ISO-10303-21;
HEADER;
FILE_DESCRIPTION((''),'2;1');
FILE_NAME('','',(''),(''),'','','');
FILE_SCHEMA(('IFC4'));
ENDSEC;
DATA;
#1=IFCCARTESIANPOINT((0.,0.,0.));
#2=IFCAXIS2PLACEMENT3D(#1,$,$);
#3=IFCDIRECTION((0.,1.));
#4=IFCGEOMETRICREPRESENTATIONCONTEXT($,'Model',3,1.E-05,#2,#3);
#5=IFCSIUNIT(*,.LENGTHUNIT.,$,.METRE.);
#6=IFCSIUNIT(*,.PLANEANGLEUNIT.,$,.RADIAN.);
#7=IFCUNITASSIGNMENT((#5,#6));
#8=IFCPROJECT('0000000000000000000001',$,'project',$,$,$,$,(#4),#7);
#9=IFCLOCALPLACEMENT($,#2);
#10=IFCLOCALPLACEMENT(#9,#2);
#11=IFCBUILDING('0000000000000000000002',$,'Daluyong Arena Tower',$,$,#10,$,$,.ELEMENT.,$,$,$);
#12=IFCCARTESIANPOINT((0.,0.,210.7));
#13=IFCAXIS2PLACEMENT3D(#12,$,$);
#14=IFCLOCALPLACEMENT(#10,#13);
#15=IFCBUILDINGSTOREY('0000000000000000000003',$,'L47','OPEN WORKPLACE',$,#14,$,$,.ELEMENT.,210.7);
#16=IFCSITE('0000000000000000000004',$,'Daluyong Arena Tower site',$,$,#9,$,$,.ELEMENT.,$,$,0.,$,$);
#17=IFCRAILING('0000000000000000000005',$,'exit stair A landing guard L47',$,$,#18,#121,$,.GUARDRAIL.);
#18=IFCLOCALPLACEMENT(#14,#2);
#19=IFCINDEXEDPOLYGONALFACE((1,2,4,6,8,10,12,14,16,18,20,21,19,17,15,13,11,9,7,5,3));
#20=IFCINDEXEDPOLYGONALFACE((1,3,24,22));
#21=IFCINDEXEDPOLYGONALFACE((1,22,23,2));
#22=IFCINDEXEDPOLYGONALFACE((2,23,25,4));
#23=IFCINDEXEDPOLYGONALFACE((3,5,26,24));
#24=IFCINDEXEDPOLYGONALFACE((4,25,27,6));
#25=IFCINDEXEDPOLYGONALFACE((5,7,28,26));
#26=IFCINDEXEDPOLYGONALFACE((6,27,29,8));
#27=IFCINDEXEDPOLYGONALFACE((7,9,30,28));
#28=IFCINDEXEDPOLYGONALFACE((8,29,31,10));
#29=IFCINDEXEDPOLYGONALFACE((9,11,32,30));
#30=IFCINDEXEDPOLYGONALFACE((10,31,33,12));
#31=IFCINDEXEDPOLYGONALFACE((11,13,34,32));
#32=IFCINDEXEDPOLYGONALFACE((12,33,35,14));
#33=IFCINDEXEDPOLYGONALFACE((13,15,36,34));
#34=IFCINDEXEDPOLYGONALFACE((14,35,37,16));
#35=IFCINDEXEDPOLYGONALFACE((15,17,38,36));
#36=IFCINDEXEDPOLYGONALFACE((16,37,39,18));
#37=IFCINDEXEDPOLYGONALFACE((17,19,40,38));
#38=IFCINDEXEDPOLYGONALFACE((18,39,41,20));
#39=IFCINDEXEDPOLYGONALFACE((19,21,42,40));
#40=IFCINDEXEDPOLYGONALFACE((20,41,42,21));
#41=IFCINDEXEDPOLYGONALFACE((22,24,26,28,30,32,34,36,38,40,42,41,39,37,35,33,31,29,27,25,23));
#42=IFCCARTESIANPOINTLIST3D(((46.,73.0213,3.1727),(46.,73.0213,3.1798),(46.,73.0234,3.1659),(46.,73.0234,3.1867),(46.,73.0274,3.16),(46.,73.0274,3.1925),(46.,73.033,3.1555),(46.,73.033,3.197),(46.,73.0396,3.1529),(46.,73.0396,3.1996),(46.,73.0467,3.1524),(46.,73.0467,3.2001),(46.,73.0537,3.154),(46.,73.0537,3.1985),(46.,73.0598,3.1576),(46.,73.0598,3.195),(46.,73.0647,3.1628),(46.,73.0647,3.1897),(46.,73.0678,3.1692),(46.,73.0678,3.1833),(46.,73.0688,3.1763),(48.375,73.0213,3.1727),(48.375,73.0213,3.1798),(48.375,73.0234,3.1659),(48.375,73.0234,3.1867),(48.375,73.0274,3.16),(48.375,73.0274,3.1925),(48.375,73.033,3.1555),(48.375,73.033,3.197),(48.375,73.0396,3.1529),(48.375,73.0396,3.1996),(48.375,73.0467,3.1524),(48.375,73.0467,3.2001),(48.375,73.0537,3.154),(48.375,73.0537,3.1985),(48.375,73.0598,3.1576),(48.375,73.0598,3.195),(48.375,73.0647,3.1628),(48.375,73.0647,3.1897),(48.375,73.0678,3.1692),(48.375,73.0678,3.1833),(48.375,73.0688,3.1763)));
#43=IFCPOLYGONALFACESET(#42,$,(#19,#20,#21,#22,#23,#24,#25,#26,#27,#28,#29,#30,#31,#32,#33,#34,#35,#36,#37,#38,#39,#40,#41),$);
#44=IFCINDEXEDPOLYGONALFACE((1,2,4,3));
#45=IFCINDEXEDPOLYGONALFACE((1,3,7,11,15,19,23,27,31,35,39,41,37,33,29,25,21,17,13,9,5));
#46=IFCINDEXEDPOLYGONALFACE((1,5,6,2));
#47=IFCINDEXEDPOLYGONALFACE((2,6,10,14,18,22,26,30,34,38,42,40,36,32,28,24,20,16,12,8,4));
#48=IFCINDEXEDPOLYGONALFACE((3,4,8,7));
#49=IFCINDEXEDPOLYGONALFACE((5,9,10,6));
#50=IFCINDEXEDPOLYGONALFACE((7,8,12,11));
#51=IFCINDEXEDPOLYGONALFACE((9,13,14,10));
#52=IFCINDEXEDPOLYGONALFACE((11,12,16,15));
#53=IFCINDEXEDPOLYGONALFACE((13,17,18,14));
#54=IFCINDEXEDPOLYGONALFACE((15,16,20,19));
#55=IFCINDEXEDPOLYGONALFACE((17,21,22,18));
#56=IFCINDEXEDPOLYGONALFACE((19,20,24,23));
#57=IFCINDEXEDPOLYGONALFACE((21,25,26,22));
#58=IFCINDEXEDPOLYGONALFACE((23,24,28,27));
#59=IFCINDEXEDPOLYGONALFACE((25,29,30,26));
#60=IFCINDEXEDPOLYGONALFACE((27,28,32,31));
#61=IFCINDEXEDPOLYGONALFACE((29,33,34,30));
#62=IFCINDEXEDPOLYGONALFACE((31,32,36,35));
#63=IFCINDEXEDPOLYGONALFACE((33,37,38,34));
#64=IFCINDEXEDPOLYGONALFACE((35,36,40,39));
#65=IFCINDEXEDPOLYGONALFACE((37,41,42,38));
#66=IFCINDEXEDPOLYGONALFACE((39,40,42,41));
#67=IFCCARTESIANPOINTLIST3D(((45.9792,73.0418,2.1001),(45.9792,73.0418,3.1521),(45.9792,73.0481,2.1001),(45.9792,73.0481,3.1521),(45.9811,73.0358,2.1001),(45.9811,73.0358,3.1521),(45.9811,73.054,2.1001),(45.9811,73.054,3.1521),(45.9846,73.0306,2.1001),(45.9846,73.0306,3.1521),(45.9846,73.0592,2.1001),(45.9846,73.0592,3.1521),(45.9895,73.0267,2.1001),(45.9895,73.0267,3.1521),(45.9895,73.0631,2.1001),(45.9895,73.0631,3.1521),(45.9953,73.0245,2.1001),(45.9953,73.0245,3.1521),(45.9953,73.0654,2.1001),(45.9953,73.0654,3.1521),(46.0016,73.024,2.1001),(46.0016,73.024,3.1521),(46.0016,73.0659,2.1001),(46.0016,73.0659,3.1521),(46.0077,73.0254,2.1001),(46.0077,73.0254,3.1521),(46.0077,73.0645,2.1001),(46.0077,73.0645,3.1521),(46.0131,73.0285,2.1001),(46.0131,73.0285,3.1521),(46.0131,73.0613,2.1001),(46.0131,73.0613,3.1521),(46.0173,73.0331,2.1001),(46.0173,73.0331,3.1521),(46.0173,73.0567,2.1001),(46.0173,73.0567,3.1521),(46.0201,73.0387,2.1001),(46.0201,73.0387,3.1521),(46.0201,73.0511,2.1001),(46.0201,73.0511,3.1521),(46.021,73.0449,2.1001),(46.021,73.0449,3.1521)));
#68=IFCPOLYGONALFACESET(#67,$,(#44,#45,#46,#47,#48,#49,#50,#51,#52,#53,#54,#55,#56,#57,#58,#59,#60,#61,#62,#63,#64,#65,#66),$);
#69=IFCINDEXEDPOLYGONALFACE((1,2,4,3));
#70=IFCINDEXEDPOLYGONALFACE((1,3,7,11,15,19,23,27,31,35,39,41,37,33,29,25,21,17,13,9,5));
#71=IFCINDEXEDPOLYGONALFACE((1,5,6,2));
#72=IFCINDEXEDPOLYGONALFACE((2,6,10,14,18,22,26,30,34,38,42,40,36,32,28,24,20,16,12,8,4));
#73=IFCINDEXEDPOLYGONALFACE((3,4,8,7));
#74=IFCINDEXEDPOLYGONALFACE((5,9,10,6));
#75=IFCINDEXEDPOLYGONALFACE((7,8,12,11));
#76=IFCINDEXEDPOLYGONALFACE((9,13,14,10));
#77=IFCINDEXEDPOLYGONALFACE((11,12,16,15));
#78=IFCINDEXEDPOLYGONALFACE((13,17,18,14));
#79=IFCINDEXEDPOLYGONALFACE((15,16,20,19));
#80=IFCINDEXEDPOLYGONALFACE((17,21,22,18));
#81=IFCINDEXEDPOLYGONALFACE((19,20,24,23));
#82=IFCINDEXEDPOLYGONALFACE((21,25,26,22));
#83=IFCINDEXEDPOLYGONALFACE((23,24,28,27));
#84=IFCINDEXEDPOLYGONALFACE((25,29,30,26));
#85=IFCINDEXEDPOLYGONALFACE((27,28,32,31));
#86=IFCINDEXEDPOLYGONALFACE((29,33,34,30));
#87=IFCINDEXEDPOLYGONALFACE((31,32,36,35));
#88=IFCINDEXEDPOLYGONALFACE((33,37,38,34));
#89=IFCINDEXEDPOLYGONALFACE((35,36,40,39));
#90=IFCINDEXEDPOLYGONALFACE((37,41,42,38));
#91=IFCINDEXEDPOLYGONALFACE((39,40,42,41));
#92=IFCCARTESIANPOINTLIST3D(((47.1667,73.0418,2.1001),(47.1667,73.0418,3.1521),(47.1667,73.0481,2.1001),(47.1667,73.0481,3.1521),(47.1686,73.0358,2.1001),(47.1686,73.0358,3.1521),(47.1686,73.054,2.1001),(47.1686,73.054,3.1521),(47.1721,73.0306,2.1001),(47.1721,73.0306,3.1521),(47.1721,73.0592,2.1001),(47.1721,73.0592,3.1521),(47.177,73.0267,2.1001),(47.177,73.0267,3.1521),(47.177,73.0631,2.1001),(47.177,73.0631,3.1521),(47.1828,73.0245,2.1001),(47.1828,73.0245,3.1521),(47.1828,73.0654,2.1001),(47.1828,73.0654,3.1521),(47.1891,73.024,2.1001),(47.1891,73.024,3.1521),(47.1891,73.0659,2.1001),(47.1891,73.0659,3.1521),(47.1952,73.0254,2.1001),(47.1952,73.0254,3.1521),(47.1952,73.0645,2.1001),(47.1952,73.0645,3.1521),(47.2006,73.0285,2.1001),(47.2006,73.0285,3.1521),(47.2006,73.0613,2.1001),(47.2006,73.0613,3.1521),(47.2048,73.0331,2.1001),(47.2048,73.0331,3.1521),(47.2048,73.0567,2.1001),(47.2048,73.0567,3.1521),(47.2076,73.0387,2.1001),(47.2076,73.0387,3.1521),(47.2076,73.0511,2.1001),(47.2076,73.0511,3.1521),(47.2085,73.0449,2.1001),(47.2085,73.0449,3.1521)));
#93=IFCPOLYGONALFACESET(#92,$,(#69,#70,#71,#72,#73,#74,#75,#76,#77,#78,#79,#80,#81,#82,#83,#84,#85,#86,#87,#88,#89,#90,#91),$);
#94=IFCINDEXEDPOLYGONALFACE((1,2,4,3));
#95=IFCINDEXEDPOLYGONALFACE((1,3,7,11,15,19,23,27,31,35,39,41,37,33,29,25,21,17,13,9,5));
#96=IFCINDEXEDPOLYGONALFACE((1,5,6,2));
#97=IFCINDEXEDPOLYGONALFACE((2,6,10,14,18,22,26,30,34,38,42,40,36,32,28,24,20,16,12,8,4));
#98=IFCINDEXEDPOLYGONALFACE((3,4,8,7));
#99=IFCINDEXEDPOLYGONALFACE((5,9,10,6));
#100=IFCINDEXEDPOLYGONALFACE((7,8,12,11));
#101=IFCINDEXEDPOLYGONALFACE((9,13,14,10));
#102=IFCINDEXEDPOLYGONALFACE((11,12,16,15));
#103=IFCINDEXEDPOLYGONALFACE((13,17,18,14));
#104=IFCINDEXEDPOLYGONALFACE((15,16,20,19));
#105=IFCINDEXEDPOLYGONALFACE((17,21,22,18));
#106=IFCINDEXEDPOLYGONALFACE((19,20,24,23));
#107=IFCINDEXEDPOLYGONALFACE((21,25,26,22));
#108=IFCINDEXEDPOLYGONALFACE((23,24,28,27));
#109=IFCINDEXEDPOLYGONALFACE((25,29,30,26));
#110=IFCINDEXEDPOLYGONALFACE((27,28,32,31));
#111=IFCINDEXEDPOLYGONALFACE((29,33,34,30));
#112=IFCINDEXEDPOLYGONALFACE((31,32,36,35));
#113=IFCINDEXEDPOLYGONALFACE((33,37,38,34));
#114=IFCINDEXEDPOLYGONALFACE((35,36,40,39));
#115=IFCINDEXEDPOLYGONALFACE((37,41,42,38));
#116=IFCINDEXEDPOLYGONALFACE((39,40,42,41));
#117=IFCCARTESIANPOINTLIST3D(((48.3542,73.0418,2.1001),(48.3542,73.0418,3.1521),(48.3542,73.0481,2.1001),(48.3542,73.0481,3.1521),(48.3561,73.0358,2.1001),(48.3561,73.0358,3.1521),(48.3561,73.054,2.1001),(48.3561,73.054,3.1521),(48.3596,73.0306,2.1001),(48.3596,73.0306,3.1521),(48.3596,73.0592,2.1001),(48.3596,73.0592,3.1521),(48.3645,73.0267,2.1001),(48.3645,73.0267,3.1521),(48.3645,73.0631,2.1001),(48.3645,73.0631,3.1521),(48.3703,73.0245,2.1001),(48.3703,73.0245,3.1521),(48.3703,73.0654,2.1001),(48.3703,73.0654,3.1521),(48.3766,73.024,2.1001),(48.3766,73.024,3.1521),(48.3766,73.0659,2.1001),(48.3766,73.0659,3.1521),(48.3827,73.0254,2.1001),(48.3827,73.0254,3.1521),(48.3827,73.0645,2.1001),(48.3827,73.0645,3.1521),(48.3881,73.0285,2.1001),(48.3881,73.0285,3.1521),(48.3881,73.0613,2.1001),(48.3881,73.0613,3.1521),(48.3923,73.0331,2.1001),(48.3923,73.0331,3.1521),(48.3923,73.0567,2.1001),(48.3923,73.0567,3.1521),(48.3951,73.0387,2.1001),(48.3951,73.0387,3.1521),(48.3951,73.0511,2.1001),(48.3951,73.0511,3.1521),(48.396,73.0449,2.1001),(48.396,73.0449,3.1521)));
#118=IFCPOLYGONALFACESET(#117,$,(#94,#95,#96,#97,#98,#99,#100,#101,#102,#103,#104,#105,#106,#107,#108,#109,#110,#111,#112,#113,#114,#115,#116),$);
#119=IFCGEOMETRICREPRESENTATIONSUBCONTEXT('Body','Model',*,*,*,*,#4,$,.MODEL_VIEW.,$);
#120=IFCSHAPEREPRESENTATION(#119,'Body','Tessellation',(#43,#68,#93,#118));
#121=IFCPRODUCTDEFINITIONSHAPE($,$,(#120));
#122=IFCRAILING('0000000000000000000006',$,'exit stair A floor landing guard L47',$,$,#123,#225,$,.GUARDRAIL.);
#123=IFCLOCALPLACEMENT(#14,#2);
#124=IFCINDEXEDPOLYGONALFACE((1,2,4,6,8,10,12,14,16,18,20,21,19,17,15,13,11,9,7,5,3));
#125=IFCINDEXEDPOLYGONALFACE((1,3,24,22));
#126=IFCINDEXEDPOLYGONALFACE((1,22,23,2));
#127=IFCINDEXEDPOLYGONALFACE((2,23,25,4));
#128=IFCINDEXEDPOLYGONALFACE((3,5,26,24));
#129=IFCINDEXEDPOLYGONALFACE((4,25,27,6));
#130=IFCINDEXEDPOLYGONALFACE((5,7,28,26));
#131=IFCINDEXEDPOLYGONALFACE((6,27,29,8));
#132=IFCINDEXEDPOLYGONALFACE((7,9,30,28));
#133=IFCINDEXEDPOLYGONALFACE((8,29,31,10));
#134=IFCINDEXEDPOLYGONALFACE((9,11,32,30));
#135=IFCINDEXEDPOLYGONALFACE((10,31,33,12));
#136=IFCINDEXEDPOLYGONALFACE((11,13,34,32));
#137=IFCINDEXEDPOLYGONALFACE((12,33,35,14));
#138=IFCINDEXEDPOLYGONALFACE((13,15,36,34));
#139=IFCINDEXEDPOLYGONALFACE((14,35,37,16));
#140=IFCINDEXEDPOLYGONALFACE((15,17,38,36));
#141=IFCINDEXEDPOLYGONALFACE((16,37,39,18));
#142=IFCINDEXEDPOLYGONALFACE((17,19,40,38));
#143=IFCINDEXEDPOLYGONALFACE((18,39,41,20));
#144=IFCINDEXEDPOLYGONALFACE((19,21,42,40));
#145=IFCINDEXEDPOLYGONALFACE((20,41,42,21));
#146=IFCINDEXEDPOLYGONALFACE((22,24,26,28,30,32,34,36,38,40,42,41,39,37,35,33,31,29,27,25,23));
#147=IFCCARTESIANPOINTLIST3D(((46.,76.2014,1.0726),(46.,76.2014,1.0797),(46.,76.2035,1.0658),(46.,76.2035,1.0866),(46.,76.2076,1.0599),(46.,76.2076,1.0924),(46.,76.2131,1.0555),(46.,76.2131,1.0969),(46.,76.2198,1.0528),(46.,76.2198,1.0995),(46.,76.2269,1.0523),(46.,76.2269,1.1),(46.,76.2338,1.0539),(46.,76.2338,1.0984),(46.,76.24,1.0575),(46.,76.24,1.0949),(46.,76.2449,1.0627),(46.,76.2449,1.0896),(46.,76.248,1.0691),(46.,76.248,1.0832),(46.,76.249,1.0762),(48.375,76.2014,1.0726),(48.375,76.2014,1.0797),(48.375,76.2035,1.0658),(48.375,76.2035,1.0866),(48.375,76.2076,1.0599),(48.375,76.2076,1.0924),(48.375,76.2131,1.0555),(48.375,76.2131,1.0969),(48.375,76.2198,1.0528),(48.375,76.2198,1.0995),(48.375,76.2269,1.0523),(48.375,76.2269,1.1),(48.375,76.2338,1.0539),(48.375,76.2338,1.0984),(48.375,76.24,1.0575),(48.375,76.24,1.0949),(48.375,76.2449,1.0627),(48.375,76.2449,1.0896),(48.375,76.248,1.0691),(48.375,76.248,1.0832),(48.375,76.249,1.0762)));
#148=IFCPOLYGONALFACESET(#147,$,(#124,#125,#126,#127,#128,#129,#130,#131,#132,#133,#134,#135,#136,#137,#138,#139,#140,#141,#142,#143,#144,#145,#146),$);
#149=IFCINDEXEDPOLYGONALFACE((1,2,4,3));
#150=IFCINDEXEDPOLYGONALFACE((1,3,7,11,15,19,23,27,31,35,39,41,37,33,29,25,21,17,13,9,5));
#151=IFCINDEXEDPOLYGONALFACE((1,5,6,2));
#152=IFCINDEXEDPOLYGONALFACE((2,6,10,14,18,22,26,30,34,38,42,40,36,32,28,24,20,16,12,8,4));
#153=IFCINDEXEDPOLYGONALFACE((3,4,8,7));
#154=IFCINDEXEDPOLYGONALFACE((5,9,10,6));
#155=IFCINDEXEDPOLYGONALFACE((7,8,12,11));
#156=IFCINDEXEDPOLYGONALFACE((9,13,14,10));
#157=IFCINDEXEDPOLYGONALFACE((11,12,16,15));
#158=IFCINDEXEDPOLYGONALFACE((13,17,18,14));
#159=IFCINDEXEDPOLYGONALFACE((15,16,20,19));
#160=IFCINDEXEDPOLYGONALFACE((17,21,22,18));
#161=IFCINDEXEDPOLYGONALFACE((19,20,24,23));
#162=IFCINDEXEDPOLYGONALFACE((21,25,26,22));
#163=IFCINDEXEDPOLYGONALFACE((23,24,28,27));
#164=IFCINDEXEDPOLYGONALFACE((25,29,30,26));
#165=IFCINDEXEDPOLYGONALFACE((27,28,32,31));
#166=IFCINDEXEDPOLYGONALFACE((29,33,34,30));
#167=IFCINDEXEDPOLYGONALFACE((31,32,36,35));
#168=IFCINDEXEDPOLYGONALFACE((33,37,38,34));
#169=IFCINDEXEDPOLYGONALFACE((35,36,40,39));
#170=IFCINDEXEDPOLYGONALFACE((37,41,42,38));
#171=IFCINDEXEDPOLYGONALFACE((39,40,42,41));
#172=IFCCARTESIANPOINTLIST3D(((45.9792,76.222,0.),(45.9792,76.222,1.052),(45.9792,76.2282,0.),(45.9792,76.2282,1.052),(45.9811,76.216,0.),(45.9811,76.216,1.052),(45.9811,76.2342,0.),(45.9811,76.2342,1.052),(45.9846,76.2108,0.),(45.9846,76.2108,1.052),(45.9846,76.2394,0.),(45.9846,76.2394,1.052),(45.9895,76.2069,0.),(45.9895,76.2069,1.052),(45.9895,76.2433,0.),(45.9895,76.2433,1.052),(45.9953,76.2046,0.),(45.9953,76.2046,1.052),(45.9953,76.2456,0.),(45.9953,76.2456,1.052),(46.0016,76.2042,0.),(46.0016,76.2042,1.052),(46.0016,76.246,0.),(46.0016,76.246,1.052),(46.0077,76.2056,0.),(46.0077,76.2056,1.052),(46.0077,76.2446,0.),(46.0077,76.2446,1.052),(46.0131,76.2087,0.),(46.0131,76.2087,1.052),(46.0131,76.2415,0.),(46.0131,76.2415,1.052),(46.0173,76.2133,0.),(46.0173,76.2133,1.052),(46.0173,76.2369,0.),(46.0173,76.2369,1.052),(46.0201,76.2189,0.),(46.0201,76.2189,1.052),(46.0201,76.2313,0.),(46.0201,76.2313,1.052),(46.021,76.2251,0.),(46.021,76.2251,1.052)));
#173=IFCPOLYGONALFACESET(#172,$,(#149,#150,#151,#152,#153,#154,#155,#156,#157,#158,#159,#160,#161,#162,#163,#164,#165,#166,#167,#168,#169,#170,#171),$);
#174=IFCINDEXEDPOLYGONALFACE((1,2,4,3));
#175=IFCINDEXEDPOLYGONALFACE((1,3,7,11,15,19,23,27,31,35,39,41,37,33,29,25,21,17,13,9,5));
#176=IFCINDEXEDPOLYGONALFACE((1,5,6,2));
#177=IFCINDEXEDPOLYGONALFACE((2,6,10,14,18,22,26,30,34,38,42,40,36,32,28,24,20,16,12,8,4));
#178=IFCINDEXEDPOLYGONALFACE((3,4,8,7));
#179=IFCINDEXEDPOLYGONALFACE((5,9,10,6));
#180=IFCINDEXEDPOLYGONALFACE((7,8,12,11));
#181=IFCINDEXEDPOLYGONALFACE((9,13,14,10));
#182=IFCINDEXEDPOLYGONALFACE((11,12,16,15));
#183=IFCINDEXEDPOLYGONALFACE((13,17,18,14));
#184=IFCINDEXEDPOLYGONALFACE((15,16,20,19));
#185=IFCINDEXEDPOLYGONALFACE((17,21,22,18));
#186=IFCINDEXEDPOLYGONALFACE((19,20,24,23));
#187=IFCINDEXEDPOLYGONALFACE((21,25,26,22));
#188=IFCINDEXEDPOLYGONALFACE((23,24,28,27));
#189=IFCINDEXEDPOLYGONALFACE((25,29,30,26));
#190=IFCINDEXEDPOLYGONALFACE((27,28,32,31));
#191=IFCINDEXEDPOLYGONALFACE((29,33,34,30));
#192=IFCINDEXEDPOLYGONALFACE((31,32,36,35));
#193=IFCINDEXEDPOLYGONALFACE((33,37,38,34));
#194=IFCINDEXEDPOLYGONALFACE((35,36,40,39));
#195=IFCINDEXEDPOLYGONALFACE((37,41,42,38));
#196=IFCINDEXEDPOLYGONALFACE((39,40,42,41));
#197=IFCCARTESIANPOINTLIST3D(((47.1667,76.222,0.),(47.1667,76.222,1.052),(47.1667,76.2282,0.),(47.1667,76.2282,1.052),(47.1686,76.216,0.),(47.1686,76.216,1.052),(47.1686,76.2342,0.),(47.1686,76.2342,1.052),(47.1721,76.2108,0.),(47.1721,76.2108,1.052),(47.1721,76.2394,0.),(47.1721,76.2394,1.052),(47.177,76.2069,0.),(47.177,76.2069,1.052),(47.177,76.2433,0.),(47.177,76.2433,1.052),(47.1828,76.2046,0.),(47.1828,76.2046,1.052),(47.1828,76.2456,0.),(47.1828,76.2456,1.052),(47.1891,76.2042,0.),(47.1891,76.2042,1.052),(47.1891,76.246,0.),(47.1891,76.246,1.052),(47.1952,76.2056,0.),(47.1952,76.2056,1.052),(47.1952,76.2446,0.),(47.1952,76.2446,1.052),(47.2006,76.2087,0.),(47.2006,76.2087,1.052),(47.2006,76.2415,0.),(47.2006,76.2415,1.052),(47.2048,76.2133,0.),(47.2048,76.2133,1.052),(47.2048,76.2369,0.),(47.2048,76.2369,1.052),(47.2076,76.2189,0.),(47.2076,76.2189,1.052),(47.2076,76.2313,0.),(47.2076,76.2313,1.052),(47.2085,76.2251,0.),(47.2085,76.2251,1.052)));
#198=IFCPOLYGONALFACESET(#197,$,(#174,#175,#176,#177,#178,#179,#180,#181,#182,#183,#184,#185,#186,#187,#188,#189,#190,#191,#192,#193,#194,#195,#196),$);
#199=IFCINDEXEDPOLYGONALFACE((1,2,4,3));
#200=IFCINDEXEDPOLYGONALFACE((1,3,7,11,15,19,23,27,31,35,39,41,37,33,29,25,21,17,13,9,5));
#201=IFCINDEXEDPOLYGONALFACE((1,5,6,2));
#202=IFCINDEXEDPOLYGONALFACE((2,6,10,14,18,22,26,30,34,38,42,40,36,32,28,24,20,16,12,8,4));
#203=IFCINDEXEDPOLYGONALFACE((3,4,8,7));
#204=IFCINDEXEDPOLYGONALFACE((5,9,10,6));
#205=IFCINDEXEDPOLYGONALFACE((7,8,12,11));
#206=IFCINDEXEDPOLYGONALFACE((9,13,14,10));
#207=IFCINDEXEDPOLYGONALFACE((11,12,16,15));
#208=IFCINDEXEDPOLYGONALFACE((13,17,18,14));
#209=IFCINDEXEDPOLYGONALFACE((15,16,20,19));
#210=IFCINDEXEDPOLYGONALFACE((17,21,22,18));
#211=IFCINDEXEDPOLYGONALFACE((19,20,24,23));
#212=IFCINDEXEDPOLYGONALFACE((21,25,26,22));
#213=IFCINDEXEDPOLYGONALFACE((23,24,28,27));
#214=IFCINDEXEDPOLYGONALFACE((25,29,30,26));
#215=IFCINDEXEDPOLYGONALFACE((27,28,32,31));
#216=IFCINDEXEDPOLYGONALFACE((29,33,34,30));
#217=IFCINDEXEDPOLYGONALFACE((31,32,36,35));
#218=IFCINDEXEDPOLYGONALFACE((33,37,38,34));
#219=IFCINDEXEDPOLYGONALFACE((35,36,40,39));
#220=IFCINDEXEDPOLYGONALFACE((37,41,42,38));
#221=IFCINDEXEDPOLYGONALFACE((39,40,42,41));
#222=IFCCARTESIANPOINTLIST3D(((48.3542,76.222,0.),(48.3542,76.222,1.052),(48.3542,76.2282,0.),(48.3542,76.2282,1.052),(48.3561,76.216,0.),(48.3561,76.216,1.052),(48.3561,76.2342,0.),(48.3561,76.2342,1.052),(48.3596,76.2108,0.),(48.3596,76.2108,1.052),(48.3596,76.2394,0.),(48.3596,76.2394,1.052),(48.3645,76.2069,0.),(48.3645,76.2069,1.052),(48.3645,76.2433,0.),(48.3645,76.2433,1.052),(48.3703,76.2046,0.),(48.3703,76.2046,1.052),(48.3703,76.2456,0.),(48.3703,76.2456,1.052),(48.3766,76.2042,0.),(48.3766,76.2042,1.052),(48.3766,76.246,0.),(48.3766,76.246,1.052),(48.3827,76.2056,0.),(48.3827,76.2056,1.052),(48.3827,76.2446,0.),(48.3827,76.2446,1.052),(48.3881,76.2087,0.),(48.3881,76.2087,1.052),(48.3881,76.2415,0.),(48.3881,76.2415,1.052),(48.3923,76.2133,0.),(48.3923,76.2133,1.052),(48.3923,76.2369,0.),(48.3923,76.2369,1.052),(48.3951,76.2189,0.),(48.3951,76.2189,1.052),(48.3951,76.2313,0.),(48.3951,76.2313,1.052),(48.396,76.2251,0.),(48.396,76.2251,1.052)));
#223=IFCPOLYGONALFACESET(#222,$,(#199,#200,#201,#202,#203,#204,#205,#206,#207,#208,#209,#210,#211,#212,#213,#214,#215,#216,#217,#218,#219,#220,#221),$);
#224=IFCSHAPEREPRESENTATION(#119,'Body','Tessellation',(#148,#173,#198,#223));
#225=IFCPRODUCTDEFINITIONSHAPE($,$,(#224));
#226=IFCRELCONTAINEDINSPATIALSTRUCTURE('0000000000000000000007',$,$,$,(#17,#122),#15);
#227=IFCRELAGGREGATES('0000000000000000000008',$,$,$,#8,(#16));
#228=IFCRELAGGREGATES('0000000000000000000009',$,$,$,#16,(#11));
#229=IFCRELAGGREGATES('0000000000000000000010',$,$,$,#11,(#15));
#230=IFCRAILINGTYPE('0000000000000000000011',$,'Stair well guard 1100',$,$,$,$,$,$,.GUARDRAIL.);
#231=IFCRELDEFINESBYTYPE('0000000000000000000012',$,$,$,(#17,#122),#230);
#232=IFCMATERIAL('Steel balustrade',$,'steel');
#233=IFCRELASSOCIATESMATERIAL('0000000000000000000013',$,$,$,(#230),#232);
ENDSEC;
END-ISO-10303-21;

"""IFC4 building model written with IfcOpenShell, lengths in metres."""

from ifc_helpers import new_model, si_unit, direction, frame, origin, origin_2d, place, context, subcontext, project, spatial, circle, extrude, material, type_object, element, save


model = new_model("IFC4")

# Units and contexts
model_context = context("Model", 3, precision=1e-05, world=origin(), true_north=direction((0.0, 1.0)))
body_context = subcontext(model_context, "Body", "Model", "MODEL_VIEW")
ifc_project = project(units=[si_unit("LENGTHUNIT", "METRE"), si_unit("PLANEANGLEUNIT", "RADIAN")], contexts=[model_context])

# Site, building, storey
site_placement = place(None, origin())
site = spatial("IfcSite", under=ifc_project, at=site_placement, Name="Daluyong Arena Tower site", CompositionType="ELEMENT", RefElevation=0.0)
building_placement = place(site_placement, origin())
building = spatial("IfcBuilding", under=site, at=building_placement, Name="Daluyong Arena Tower", CompositionType="ELEMENT")
storey_placement = place(building_placement, frame((0.0, 0.0, 210.7)))
storey = spatial("IfcBuildingStorey", under=building, at=storey_placement, Name="L47", Description="OPEN WORKPLACE", CompositionType="ELEMENT", Elevation=210.7)

# Railings
ifc_material_1 = material(Name="Steel balustrade", Category="steel")
railing_type_1 = type_object("IfcRailingType", Name="Stair well guard 1100", PredefinedType="GUARDRAIL", material=ifc_material_1)
for number, where, name in (
    (1, (46.0, 73.0449, 2.1001), "exit stair A landing guard L47"),
    (2, (46.0, 76.2251, 0.0), "exit stair A floor landing guard L47"),
):
    element("IfcRailing", number, at=place(storey_placement, frame(where)), inside=storey, type_object=railing_type_1, Name=name, PredefinedType="GUARDRAIL", context=body_context, shape_type="SweptSolid", body=[
        extrude(circle(Radius=0.0239, at=origin_2d()), frame((0.0, 0.0, 1.0762), z_axis=(1.0, 0.0, 0.0), x_axis=(0.0, 1.0, 0.0)), (0.0, 0.0, 1.0), 2.375),
        extrude(circle(Radius=0.021, at=origin_2d()), origin(), (0.0, 0.0, 1.0), 1.052),
        extrude(circle(Radius=0.021, at=origin_2d()), frame((1.1875, 0.0, 0.0)), (0.0, 0.0, 1.0), 1.052),
        extrude(circle(Radius=0.021, at=origin_2d()), frame((2.375, 0.0, 0.0)), (0.0, 0.0, 1.0), 1.052),
    ])

save(model, "model.ifc")
